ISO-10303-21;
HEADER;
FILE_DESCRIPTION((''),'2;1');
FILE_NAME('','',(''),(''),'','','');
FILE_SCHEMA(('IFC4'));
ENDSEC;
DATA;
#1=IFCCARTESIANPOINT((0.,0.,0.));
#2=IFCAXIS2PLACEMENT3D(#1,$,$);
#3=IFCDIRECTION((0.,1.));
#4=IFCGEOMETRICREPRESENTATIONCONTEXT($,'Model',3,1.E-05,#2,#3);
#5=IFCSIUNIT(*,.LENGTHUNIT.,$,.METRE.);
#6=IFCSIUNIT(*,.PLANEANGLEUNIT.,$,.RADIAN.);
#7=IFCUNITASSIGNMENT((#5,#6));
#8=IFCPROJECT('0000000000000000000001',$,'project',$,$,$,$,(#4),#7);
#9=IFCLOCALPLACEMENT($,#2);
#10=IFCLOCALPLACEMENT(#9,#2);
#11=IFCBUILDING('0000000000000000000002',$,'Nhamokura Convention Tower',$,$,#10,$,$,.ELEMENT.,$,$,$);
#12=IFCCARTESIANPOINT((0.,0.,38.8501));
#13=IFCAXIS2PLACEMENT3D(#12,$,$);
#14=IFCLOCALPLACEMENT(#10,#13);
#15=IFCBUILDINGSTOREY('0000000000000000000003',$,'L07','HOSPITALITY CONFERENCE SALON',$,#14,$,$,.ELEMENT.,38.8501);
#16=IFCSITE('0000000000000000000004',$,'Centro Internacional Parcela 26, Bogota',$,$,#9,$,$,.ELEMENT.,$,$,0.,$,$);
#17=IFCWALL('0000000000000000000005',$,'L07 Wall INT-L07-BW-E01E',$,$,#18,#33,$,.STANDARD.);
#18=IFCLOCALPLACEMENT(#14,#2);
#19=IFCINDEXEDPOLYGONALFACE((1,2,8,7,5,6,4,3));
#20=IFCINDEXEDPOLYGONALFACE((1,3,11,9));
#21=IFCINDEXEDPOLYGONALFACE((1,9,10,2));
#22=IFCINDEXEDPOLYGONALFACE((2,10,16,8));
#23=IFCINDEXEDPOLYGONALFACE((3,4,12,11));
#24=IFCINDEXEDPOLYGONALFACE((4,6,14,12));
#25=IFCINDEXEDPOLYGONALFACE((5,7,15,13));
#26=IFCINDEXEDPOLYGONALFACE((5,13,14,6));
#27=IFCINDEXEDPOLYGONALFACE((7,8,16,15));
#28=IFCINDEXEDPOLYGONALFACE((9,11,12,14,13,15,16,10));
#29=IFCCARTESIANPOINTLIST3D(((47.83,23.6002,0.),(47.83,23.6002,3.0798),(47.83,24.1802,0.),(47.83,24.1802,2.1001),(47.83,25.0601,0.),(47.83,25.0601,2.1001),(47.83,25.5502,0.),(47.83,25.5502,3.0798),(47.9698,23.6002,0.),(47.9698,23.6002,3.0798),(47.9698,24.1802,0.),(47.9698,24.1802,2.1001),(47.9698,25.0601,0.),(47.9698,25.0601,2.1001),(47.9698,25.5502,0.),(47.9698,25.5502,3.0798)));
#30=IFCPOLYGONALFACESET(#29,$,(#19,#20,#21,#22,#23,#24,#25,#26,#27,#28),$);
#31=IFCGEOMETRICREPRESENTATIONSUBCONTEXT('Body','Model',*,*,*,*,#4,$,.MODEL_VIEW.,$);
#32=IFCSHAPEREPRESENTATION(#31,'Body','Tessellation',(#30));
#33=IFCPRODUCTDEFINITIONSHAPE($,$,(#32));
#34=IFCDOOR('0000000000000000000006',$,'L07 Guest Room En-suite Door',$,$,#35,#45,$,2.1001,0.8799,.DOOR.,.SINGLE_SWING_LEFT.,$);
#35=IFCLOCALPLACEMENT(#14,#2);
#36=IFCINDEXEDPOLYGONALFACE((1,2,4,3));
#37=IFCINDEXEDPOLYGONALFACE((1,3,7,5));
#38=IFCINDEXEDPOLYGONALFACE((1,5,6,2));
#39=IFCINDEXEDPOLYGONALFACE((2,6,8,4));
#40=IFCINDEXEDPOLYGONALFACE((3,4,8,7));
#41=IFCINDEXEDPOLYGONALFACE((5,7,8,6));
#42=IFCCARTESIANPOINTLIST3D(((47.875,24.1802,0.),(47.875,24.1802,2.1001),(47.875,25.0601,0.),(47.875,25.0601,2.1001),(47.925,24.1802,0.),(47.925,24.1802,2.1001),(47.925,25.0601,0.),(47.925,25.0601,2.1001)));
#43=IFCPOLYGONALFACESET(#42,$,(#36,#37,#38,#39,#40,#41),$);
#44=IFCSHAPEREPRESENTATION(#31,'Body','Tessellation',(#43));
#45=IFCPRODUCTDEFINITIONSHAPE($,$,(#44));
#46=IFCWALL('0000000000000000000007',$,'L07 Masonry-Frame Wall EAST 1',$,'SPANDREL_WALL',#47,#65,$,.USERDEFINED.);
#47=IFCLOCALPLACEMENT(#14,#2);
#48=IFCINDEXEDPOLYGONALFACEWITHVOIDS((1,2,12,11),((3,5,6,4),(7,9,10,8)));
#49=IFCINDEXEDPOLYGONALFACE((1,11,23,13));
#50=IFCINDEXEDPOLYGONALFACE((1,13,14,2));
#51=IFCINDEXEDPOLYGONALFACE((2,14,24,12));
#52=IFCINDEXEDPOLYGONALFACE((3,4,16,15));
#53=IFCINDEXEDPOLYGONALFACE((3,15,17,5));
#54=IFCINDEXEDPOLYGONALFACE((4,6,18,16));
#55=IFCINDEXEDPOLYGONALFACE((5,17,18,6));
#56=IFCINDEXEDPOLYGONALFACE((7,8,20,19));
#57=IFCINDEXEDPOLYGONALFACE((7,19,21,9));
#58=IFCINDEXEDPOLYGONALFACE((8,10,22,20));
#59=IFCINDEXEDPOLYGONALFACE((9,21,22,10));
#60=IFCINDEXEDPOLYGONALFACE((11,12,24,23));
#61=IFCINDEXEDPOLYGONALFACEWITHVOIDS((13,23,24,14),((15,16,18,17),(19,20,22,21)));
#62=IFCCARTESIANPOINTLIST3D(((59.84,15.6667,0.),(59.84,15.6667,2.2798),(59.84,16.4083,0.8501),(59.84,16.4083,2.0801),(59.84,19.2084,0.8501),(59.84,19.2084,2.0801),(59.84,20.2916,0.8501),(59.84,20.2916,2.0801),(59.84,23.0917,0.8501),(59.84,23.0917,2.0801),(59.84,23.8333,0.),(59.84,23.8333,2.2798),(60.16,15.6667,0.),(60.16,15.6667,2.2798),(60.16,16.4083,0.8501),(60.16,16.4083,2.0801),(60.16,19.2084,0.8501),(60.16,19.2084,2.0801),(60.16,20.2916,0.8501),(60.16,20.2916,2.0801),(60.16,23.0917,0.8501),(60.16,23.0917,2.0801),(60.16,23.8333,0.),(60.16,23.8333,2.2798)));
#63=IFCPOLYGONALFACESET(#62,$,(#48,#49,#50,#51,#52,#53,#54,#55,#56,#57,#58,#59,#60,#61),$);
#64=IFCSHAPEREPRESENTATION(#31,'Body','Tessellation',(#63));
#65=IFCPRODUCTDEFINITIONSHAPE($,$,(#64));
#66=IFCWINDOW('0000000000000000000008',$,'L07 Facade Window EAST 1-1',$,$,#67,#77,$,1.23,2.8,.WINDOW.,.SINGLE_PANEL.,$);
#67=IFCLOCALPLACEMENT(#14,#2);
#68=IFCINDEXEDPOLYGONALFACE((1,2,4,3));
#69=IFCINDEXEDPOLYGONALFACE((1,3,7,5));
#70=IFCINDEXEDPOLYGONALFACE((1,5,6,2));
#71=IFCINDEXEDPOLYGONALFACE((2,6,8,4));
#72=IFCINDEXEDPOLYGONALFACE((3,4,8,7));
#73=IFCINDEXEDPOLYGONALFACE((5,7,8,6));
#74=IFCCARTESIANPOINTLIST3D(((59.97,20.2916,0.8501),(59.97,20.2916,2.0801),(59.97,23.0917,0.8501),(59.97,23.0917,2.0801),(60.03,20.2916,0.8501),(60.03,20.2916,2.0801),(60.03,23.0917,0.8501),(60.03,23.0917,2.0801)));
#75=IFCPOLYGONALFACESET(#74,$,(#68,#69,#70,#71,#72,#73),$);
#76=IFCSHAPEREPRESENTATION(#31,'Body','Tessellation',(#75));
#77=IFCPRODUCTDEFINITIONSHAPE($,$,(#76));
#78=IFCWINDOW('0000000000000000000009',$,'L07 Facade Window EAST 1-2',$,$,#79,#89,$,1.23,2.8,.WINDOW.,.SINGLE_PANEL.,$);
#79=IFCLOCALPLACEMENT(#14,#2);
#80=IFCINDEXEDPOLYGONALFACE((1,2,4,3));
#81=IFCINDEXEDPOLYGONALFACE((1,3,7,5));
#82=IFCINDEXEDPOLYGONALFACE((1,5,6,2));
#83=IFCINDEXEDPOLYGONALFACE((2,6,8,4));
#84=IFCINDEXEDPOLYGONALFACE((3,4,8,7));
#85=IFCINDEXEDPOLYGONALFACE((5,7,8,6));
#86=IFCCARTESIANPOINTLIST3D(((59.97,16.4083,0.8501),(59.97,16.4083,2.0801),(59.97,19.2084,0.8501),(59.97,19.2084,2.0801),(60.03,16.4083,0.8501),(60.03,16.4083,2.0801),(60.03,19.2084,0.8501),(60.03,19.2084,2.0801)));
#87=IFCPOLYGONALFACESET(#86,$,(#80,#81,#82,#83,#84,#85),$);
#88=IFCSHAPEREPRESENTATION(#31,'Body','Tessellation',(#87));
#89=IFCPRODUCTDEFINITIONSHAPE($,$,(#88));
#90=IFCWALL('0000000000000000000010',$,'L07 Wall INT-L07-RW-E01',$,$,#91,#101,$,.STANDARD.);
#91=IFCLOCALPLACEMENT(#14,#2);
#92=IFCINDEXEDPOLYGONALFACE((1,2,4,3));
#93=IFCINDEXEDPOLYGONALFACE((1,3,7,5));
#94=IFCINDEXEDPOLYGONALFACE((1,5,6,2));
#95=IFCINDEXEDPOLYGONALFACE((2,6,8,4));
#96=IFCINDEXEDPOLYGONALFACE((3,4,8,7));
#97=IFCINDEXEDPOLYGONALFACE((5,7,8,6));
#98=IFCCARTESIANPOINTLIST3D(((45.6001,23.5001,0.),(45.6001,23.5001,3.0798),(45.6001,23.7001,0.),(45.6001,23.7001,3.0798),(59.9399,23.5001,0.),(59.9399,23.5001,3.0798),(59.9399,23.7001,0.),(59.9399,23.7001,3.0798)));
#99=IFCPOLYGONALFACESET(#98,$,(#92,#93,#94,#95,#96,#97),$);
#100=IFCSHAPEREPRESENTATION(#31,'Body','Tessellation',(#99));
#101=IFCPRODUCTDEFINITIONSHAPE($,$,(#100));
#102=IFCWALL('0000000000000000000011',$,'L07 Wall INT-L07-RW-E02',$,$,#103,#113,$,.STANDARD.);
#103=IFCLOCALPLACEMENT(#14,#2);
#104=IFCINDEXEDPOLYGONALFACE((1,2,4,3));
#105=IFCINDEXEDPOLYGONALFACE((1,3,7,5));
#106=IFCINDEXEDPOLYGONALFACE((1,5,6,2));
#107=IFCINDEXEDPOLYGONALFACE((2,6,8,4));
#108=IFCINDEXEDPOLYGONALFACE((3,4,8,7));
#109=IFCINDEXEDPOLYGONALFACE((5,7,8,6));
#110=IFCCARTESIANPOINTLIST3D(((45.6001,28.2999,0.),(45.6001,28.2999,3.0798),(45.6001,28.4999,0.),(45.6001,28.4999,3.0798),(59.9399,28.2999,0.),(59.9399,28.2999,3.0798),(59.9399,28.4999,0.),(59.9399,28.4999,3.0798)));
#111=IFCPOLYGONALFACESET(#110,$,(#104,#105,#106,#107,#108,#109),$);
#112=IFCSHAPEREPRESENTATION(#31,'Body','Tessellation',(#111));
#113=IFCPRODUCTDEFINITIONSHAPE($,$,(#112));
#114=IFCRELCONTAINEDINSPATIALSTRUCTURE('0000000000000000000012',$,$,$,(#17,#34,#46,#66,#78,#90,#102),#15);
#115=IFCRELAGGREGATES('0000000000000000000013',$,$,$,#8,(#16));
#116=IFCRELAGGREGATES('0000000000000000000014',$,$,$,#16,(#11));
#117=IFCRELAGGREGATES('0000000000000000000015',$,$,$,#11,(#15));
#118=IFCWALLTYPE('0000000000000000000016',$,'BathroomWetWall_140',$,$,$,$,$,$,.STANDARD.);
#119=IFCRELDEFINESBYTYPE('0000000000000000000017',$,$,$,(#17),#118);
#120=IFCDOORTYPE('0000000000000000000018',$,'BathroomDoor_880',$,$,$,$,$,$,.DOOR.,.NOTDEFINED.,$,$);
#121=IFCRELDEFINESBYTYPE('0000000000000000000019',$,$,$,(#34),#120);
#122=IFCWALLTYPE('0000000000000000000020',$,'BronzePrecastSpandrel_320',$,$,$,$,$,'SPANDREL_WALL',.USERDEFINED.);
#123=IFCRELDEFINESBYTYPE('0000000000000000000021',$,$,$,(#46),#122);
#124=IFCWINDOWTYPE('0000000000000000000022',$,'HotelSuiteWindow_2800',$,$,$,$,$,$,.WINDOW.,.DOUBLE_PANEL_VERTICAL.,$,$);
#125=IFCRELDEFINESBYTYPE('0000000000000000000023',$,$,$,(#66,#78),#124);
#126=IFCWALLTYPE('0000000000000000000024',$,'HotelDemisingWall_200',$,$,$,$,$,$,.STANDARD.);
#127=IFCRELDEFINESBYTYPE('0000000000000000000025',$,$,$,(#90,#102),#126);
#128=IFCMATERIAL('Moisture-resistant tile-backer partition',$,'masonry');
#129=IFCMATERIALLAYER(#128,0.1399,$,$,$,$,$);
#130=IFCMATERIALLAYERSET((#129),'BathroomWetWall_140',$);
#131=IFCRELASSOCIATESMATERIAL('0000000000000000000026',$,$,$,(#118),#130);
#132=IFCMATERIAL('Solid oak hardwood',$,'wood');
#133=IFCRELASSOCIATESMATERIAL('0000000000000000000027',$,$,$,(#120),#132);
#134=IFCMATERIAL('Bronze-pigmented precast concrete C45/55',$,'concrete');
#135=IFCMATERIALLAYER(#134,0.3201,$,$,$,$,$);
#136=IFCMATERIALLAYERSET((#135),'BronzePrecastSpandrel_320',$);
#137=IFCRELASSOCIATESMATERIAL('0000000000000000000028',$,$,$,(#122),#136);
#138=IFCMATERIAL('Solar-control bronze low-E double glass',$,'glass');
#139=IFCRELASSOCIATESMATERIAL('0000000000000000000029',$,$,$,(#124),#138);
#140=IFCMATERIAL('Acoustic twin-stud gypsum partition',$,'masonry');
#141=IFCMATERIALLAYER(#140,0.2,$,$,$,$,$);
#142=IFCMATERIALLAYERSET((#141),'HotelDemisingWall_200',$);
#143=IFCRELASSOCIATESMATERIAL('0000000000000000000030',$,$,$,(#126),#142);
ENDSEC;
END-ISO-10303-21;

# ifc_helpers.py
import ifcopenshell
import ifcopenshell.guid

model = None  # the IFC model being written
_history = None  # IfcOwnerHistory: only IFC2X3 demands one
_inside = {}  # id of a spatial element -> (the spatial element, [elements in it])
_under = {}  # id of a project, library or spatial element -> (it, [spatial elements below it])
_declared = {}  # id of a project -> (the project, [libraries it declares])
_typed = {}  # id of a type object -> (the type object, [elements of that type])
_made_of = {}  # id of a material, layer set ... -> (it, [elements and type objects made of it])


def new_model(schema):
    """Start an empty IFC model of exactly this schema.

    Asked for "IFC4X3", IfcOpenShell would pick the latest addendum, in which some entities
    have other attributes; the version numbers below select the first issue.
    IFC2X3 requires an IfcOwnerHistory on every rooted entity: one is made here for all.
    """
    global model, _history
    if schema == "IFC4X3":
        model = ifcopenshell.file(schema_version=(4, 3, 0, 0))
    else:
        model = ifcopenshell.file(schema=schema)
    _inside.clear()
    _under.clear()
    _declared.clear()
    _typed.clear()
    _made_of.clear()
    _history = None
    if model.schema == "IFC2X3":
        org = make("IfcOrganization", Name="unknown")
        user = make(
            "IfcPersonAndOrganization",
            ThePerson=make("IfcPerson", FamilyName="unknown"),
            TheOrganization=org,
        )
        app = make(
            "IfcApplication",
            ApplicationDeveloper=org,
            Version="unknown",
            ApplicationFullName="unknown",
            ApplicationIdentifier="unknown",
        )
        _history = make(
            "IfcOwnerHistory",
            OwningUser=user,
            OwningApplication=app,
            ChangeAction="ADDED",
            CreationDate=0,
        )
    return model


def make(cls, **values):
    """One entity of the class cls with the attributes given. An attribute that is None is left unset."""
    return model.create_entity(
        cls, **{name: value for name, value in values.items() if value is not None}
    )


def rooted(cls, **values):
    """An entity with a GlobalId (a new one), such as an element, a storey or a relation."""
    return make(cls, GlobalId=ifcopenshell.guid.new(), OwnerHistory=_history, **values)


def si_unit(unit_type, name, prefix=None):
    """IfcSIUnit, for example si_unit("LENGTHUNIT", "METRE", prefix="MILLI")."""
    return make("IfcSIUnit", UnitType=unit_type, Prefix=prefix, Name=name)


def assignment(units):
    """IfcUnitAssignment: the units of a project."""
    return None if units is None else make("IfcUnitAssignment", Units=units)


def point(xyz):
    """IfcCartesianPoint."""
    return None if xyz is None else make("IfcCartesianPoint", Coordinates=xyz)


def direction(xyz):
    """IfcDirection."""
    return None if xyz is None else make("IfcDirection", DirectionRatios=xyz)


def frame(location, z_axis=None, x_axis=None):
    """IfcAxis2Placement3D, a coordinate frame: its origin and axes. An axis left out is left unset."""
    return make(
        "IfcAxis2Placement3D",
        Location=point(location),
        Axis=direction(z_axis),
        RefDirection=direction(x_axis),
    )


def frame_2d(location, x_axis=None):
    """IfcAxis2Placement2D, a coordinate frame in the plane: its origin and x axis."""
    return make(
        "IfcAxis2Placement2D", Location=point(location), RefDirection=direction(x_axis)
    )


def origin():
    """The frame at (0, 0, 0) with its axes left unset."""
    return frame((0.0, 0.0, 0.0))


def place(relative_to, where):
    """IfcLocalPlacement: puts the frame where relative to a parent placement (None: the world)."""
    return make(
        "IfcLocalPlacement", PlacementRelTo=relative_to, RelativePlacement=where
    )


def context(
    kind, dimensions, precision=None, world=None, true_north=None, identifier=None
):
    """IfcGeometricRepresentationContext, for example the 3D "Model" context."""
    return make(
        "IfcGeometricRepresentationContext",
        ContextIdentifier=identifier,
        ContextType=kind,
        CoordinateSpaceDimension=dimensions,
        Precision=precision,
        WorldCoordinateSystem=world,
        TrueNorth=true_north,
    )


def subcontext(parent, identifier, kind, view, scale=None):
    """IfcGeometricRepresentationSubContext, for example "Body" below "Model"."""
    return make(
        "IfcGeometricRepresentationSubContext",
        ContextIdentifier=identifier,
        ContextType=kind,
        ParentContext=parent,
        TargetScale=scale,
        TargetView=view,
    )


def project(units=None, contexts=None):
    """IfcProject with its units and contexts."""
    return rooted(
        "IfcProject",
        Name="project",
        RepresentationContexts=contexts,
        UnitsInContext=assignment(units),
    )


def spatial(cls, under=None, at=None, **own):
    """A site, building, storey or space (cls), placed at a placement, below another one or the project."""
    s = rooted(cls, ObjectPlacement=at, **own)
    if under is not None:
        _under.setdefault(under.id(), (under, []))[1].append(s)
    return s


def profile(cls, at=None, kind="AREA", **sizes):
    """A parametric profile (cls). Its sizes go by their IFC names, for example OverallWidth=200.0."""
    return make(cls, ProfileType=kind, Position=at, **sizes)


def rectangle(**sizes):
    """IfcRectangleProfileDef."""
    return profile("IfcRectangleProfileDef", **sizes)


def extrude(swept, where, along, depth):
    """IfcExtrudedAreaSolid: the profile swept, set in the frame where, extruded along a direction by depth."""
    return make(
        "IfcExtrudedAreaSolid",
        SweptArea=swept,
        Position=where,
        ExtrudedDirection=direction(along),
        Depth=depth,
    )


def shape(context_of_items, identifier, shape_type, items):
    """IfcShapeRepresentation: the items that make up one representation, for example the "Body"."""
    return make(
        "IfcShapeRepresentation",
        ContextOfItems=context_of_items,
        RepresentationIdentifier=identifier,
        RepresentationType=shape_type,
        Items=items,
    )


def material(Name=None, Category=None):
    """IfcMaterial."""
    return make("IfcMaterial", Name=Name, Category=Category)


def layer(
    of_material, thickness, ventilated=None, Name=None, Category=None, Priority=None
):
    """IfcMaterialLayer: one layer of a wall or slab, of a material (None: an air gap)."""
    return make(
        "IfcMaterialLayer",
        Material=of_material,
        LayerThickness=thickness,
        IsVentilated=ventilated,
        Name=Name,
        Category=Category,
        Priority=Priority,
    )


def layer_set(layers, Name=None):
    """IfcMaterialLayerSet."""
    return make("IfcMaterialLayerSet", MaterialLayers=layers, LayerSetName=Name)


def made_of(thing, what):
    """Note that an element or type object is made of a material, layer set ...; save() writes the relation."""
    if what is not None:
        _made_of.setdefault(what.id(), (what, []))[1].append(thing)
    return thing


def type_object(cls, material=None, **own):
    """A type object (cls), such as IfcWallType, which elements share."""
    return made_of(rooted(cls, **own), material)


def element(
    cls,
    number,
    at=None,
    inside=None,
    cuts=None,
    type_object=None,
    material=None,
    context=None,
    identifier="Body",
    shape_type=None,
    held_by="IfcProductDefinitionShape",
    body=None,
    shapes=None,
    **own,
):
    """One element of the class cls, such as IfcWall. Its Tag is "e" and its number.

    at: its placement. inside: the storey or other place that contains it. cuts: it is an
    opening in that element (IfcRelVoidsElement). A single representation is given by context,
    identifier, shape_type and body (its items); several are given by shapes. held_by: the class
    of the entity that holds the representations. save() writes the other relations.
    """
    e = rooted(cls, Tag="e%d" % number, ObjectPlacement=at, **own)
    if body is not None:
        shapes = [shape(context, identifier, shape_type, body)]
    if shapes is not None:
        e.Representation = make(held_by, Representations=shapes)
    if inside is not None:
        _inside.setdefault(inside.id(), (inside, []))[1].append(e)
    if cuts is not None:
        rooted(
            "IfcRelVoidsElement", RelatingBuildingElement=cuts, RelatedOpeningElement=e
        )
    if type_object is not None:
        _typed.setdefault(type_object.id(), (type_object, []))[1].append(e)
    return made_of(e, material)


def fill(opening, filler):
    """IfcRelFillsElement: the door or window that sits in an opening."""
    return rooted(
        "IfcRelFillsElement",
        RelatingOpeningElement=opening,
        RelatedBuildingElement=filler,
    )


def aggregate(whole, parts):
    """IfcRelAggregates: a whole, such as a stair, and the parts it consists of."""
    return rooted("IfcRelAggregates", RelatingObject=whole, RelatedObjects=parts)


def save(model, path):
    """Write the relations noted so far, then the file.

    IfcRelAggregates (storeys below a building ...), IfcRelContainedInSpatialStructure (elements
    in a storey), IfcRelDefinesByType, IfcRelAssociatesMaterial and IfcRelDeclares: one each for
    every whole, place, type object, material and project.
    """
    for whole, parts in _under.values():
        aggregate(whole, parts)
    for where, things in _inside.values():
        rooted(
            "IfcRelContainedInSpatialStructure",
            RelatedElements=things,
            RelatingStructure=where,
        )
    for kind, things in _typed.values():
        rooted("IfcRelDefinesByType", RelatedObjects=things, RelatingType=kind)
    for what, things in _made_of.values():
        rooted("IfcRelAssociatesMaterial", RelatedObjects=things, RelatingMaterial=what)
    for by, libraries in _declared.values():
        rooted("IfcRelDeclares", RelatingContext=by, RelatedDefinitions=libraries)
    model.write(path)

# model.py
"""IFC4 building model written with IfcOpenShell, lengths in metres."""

from ifc_helpers import new_model, si_unit, direction, frame, frame_2d, origin, place, context, subcontext, project, spatial, rectangle, extrude, material, layer, layer_set, type_object, element, fill, save


model = new_model("IFC4")

# Units and contexts
model_context = context("Model", 3, precision=1e-05, world=origin(), true_north=direction((0.0, 1.0)))
body_context = subcontext(model_context, "Body", "Model", "MODEL_VIEW")
ifc_project = project(units=[si_unit("LENGTHUNIT", "METRE"), si_unit("PLANEANGLEUNIT", "RADIAN")], contexts=[model_context])

# Site, building, storey
site_placement = place(None, origin())
site = spatial("IfcSite", under=ifc_project, at=site_placement, Name="Centro Internacional Parcela 26, Bogota", CompositionType="ELEMENT", RefElevation=0.0)
building_placement = place(site_placement, origin())
building = spatial("IfcBuilding", under=site, at=building_placement, Name="Nhamokura Convention Tower", CompositionType="ELEMENT")
storey_placement = place(building_placement, frame((0.0, 0.0, 38.8501)))
storey = spatial("IfcBuildingStorey", under=building, at=storey_placement, Name="L07", Description="HOSPITALITY CONFERENCE SALON", CompositionType="ELEMENT", Elevation=38.8501)

# Shared definitions
ifc_material_1 = material(Name="Moisture-resistant tile-backer partition", Category="masonry")
ifc_layer_1 = layer(ifc_material_1, 0.1399)
ifc_layer_set_1 = layer_set([ifc_layer_1], Name="BathroomWetWall_140")
wall_type_1 = type_object("IfcWallType", Name="BathroomWetWall_140", PredefinedType="STANDARD", material=ifc_layer_set_1)

# Wall, opening, door
wall_1_placement = place(storey_placement, frame((47.8999, 23.6001, 0.0), z_axis=(0.0, 0.0, 1.0), x_axis=(0.0, 1.0, 0.0)))
wall_1 = element("IfcWall", 1, at=wall_1_placement, inside=storey, type_object=wall_type_1, Name="L07 Wall INT-L07-BW-E01E", PredefinedType="STANDARD", context=body_context, shape_type="SweptSolid", body=[
    extrude(rectangle(XDim=1.95, YDim=0.1399, at=frame_2d((0.9751, 0.0))), origin(), (0.0, 0.0, 1.0), 3.0798),
])
opening_1_placement = place(wall_1_placement, frame((0.5801, 0.0, 0.0)))
opening_1 = element("IfcOpeningElement", 2, at=opening_1_placement, cuts=wall_1, PredefinedType="OPENING", context=body_context, shape_type="SweptSolid", body=[
    extrude(rectangle(XDim=0.8799, YDim=2.1001, at=frame_2d((0.4399, 1.05))), frame((0.0, 0.0798, 0.0), z_axis=(0.0, -1.0, 0.0), x_axis=(1.0, 0.0, 0.0)), (0.0, 0.0, 1.0), 0.1599),
])
ifc_material_2 = material(Name="Solid oak hardwood", Category="wood")
door_type_1 = type_object("IfcDoorType", Name="BathroomDoor_880", OperationType="NOTDEFINED", PredefinedType="DOOR", material=ifc_material_2)
door_1_placement = place(opening_1_placement, origin())
door_1 = element("IfcDoor", 3, at=door_1_placement, inside=storey, type_object=door_type_1, Name="L07 Guest Room En-suite Door", OperationType="SINGLE_SWING_LEFT", OverallHeight=2.1001, OverallWidth=0.8799, PredefinedType="DOOR", context=body_context, shape_type="SweptSolid", body=[
    extrude(rectangle(XDim=0.8799, YDim=2.1001, at=frame_2d((0.4399, 1.05))), frame((0.0, 0.0249, 0.0), z_axis=(0.0, -1.0, 0.0), x_axis=(1.0, 0.0, 0.0)), (0.0, 0.0, 1.0), 0.05),
])
fill(opening_1, door_1)

# Wall, openings, windows
ifc_material_3 = material(Name="Bronze-pigmented precast concrete C45/55", Category="concrete")
ifc_layer_2 = layer(ifc_material_3, 0.3201)
ifc_layer_set_2 = layer_set([ifc_layer_2], Name="BronzePrecastSpandrel_320")
wall_type_2 = type_object("IfcWallType", Name="BronzePrecastSpandrel_320", ElementType="SPANDREL_WALL", PredefinedType="USERDEFINED", material=ifc_layer_set_2)
wall_2_placement = place(storey_placement, frame((60.0, 23.8333, 0.0), z_axis=(0.0, 0.0, 1.0), x_axis=(0.0, -1.0, 0.0)))
wall_2 = element("IfcWall", 4, at=wall_2_placement, inside=storey, type_object=wall_type_2, Name="L07 Masonry-Frame Wall EAST 1", ObjectType="SPANDREL_WALL", PredefinedType="USERDEFINED", context=body_context, shape_type="SweptSolid", body=[
    extrude(rectangle(XDim=8.1665, YDim=0.3201, at=frame_2d((4.0833, 0.0))), origin(), (0.0, 0.0, 1.0), 2.2798),
])
opening_2_placement = place(wall_2_placement, frame((0.7417, 0.0, 0.8501)))
opening_2 = element("IfcOpeningElement", 5, at=opening_2_placement, cuts=wall_2, PredefinedType="OPENING", context=body_context, shape_type="SweptSolid", body=[
    extrude(rectangle(XDim=2.8, YDim=1.23, at=frame_2d((1.3999, 0.615))), frame((0.0, 0.1699, 0.0), z_axis=(0.0, -1.0, 0.0), x_axis=(1.0, 0.0, 0.0)), (0.0, 0.0, 1.0), 0.3401),
])
opening_3_placement = place(wall_2_placement, frame((4.625, 0.0, 0.8501)))
opening_3 = element("IfcOpeningElement", 6, at=opening_3_placement, cuts=wall_2, PredefinedType="OPENING", context=body_context, shape_type="SweptSolid", body=[
    extrude(rectangle(XDim=2.8, YDim=1.23, at=frame_2d((1.3999, 0.615))), frame((0.0, 0.1699, 0.0), z_axis=(0.0, -1.0, 0.0), x_axis=(1.0, 0.0, 0.0)), (0.0, 0.0, 1.0), 0.3401),
])
ifc_material_4 = material(Name="Solar-control bronze low-E double glass", Category="glass")
window_type = type_object("IfcWindowType", Name="HotelSuiteWindow_2800", PartitioningType="DOUBLE_PANEL_VERTICAL", PredefinedType="WINDOW", material=ifc_material_4)
window_1_placement = place(opening_2_placement, origin())
window_1 = element("IfcWindow", 7, at=window_1_placement, inside=storey, type_object=window_type, Name="L07 Facade Window EAST 1-1", OverallHeight=1.23, OverallWidth=2.8, PartitioningType="SINGLE_PANEL", PredefinedType="WINDOW", context=body_context, shape_type="SweptSolid", body=[
    extrude(rectangle(XDim=2.8, YDim=1.23, at=frame_2d((1.3999, 0.615))), frame((0.0, 0.03, 0.0), z_axis=(0.0, -1.0, 0.0), x_axis=(1.0, 0.0, 0.0)), (0.0, 0.0, 1.0), 0.0601),
])
fill(opening_2, window_1)
window_2_placement = place(opening_3_placement, origin())
window_2 = element("IfcWindow", 8, at=window_2_placement, inside=storey, type_object=window_type, Name="L07 Facade Window EAST 1-2", OverallHeight=1.23, OverallWidth=2.8, PartitioningType="SINGLE_PANEL", PredefinedType="WINDOW", context=body_context, shape_type="SweptSolid", body=[
    extrude(rectangle(XDim=2.8, YDim=1.23, at=frame_2d((1.3999, 0.615))), frame((0.0, 0.03, 0.0), z_axis=(0.0, -1.0, 0.0), x_axis=(1.0, 0.0, 0.0)), (0.0, 0.0, 1.0), 0.0601),
])
fill(opening_3, window_2)

# Walls
ifc_material_5 = material(Name="Acoustic twin-stud gypsum partition", Category="masonry")
ifc_layer_3 = layer(ifc_material_5, 0.2)
ifc_layer_set_3 = layer_set([ifc_layer_3], Name="HotelDemisingWall_200")
wall_type_3 = type_object("IfcWallType", Name="HotelDemisingWall_200", PredefinedType="STANDARD", material=ifc_layer_set_3)
for number, where, z_axis, x_axis, name in (
    (9, (45.6001, 23.6001, 0.0), (0.0, 0.0, 1.0), (1.0, 0.0, 0.0), "L07 Wall INT-L07-RW-E01"),
    (10, (45.6001, 28.3999, 0.0), (0.0, 0.0, 1.0), (1.0, 0.0, 0.0), "L07 Wall INT-L07-RW-E02"),
):
    element("IfcWall", number, at=place(storey_placement, frame(where, z_axis=z_axis, x_axis=x_axis)), inside=storey, type_object=wall_type_3, Name=name, PredefinedType="STANDARD", context=body_context, shape_type="SweptSolid", body=[
        extrude(rectangle(XDim=14.3398, YDim=0.2, at=frame_2d((7.1699, 0.0))), origin(), (0.0, 0.0, 1.0), 3.0798),
    ])

save(model, "model.ifc")
